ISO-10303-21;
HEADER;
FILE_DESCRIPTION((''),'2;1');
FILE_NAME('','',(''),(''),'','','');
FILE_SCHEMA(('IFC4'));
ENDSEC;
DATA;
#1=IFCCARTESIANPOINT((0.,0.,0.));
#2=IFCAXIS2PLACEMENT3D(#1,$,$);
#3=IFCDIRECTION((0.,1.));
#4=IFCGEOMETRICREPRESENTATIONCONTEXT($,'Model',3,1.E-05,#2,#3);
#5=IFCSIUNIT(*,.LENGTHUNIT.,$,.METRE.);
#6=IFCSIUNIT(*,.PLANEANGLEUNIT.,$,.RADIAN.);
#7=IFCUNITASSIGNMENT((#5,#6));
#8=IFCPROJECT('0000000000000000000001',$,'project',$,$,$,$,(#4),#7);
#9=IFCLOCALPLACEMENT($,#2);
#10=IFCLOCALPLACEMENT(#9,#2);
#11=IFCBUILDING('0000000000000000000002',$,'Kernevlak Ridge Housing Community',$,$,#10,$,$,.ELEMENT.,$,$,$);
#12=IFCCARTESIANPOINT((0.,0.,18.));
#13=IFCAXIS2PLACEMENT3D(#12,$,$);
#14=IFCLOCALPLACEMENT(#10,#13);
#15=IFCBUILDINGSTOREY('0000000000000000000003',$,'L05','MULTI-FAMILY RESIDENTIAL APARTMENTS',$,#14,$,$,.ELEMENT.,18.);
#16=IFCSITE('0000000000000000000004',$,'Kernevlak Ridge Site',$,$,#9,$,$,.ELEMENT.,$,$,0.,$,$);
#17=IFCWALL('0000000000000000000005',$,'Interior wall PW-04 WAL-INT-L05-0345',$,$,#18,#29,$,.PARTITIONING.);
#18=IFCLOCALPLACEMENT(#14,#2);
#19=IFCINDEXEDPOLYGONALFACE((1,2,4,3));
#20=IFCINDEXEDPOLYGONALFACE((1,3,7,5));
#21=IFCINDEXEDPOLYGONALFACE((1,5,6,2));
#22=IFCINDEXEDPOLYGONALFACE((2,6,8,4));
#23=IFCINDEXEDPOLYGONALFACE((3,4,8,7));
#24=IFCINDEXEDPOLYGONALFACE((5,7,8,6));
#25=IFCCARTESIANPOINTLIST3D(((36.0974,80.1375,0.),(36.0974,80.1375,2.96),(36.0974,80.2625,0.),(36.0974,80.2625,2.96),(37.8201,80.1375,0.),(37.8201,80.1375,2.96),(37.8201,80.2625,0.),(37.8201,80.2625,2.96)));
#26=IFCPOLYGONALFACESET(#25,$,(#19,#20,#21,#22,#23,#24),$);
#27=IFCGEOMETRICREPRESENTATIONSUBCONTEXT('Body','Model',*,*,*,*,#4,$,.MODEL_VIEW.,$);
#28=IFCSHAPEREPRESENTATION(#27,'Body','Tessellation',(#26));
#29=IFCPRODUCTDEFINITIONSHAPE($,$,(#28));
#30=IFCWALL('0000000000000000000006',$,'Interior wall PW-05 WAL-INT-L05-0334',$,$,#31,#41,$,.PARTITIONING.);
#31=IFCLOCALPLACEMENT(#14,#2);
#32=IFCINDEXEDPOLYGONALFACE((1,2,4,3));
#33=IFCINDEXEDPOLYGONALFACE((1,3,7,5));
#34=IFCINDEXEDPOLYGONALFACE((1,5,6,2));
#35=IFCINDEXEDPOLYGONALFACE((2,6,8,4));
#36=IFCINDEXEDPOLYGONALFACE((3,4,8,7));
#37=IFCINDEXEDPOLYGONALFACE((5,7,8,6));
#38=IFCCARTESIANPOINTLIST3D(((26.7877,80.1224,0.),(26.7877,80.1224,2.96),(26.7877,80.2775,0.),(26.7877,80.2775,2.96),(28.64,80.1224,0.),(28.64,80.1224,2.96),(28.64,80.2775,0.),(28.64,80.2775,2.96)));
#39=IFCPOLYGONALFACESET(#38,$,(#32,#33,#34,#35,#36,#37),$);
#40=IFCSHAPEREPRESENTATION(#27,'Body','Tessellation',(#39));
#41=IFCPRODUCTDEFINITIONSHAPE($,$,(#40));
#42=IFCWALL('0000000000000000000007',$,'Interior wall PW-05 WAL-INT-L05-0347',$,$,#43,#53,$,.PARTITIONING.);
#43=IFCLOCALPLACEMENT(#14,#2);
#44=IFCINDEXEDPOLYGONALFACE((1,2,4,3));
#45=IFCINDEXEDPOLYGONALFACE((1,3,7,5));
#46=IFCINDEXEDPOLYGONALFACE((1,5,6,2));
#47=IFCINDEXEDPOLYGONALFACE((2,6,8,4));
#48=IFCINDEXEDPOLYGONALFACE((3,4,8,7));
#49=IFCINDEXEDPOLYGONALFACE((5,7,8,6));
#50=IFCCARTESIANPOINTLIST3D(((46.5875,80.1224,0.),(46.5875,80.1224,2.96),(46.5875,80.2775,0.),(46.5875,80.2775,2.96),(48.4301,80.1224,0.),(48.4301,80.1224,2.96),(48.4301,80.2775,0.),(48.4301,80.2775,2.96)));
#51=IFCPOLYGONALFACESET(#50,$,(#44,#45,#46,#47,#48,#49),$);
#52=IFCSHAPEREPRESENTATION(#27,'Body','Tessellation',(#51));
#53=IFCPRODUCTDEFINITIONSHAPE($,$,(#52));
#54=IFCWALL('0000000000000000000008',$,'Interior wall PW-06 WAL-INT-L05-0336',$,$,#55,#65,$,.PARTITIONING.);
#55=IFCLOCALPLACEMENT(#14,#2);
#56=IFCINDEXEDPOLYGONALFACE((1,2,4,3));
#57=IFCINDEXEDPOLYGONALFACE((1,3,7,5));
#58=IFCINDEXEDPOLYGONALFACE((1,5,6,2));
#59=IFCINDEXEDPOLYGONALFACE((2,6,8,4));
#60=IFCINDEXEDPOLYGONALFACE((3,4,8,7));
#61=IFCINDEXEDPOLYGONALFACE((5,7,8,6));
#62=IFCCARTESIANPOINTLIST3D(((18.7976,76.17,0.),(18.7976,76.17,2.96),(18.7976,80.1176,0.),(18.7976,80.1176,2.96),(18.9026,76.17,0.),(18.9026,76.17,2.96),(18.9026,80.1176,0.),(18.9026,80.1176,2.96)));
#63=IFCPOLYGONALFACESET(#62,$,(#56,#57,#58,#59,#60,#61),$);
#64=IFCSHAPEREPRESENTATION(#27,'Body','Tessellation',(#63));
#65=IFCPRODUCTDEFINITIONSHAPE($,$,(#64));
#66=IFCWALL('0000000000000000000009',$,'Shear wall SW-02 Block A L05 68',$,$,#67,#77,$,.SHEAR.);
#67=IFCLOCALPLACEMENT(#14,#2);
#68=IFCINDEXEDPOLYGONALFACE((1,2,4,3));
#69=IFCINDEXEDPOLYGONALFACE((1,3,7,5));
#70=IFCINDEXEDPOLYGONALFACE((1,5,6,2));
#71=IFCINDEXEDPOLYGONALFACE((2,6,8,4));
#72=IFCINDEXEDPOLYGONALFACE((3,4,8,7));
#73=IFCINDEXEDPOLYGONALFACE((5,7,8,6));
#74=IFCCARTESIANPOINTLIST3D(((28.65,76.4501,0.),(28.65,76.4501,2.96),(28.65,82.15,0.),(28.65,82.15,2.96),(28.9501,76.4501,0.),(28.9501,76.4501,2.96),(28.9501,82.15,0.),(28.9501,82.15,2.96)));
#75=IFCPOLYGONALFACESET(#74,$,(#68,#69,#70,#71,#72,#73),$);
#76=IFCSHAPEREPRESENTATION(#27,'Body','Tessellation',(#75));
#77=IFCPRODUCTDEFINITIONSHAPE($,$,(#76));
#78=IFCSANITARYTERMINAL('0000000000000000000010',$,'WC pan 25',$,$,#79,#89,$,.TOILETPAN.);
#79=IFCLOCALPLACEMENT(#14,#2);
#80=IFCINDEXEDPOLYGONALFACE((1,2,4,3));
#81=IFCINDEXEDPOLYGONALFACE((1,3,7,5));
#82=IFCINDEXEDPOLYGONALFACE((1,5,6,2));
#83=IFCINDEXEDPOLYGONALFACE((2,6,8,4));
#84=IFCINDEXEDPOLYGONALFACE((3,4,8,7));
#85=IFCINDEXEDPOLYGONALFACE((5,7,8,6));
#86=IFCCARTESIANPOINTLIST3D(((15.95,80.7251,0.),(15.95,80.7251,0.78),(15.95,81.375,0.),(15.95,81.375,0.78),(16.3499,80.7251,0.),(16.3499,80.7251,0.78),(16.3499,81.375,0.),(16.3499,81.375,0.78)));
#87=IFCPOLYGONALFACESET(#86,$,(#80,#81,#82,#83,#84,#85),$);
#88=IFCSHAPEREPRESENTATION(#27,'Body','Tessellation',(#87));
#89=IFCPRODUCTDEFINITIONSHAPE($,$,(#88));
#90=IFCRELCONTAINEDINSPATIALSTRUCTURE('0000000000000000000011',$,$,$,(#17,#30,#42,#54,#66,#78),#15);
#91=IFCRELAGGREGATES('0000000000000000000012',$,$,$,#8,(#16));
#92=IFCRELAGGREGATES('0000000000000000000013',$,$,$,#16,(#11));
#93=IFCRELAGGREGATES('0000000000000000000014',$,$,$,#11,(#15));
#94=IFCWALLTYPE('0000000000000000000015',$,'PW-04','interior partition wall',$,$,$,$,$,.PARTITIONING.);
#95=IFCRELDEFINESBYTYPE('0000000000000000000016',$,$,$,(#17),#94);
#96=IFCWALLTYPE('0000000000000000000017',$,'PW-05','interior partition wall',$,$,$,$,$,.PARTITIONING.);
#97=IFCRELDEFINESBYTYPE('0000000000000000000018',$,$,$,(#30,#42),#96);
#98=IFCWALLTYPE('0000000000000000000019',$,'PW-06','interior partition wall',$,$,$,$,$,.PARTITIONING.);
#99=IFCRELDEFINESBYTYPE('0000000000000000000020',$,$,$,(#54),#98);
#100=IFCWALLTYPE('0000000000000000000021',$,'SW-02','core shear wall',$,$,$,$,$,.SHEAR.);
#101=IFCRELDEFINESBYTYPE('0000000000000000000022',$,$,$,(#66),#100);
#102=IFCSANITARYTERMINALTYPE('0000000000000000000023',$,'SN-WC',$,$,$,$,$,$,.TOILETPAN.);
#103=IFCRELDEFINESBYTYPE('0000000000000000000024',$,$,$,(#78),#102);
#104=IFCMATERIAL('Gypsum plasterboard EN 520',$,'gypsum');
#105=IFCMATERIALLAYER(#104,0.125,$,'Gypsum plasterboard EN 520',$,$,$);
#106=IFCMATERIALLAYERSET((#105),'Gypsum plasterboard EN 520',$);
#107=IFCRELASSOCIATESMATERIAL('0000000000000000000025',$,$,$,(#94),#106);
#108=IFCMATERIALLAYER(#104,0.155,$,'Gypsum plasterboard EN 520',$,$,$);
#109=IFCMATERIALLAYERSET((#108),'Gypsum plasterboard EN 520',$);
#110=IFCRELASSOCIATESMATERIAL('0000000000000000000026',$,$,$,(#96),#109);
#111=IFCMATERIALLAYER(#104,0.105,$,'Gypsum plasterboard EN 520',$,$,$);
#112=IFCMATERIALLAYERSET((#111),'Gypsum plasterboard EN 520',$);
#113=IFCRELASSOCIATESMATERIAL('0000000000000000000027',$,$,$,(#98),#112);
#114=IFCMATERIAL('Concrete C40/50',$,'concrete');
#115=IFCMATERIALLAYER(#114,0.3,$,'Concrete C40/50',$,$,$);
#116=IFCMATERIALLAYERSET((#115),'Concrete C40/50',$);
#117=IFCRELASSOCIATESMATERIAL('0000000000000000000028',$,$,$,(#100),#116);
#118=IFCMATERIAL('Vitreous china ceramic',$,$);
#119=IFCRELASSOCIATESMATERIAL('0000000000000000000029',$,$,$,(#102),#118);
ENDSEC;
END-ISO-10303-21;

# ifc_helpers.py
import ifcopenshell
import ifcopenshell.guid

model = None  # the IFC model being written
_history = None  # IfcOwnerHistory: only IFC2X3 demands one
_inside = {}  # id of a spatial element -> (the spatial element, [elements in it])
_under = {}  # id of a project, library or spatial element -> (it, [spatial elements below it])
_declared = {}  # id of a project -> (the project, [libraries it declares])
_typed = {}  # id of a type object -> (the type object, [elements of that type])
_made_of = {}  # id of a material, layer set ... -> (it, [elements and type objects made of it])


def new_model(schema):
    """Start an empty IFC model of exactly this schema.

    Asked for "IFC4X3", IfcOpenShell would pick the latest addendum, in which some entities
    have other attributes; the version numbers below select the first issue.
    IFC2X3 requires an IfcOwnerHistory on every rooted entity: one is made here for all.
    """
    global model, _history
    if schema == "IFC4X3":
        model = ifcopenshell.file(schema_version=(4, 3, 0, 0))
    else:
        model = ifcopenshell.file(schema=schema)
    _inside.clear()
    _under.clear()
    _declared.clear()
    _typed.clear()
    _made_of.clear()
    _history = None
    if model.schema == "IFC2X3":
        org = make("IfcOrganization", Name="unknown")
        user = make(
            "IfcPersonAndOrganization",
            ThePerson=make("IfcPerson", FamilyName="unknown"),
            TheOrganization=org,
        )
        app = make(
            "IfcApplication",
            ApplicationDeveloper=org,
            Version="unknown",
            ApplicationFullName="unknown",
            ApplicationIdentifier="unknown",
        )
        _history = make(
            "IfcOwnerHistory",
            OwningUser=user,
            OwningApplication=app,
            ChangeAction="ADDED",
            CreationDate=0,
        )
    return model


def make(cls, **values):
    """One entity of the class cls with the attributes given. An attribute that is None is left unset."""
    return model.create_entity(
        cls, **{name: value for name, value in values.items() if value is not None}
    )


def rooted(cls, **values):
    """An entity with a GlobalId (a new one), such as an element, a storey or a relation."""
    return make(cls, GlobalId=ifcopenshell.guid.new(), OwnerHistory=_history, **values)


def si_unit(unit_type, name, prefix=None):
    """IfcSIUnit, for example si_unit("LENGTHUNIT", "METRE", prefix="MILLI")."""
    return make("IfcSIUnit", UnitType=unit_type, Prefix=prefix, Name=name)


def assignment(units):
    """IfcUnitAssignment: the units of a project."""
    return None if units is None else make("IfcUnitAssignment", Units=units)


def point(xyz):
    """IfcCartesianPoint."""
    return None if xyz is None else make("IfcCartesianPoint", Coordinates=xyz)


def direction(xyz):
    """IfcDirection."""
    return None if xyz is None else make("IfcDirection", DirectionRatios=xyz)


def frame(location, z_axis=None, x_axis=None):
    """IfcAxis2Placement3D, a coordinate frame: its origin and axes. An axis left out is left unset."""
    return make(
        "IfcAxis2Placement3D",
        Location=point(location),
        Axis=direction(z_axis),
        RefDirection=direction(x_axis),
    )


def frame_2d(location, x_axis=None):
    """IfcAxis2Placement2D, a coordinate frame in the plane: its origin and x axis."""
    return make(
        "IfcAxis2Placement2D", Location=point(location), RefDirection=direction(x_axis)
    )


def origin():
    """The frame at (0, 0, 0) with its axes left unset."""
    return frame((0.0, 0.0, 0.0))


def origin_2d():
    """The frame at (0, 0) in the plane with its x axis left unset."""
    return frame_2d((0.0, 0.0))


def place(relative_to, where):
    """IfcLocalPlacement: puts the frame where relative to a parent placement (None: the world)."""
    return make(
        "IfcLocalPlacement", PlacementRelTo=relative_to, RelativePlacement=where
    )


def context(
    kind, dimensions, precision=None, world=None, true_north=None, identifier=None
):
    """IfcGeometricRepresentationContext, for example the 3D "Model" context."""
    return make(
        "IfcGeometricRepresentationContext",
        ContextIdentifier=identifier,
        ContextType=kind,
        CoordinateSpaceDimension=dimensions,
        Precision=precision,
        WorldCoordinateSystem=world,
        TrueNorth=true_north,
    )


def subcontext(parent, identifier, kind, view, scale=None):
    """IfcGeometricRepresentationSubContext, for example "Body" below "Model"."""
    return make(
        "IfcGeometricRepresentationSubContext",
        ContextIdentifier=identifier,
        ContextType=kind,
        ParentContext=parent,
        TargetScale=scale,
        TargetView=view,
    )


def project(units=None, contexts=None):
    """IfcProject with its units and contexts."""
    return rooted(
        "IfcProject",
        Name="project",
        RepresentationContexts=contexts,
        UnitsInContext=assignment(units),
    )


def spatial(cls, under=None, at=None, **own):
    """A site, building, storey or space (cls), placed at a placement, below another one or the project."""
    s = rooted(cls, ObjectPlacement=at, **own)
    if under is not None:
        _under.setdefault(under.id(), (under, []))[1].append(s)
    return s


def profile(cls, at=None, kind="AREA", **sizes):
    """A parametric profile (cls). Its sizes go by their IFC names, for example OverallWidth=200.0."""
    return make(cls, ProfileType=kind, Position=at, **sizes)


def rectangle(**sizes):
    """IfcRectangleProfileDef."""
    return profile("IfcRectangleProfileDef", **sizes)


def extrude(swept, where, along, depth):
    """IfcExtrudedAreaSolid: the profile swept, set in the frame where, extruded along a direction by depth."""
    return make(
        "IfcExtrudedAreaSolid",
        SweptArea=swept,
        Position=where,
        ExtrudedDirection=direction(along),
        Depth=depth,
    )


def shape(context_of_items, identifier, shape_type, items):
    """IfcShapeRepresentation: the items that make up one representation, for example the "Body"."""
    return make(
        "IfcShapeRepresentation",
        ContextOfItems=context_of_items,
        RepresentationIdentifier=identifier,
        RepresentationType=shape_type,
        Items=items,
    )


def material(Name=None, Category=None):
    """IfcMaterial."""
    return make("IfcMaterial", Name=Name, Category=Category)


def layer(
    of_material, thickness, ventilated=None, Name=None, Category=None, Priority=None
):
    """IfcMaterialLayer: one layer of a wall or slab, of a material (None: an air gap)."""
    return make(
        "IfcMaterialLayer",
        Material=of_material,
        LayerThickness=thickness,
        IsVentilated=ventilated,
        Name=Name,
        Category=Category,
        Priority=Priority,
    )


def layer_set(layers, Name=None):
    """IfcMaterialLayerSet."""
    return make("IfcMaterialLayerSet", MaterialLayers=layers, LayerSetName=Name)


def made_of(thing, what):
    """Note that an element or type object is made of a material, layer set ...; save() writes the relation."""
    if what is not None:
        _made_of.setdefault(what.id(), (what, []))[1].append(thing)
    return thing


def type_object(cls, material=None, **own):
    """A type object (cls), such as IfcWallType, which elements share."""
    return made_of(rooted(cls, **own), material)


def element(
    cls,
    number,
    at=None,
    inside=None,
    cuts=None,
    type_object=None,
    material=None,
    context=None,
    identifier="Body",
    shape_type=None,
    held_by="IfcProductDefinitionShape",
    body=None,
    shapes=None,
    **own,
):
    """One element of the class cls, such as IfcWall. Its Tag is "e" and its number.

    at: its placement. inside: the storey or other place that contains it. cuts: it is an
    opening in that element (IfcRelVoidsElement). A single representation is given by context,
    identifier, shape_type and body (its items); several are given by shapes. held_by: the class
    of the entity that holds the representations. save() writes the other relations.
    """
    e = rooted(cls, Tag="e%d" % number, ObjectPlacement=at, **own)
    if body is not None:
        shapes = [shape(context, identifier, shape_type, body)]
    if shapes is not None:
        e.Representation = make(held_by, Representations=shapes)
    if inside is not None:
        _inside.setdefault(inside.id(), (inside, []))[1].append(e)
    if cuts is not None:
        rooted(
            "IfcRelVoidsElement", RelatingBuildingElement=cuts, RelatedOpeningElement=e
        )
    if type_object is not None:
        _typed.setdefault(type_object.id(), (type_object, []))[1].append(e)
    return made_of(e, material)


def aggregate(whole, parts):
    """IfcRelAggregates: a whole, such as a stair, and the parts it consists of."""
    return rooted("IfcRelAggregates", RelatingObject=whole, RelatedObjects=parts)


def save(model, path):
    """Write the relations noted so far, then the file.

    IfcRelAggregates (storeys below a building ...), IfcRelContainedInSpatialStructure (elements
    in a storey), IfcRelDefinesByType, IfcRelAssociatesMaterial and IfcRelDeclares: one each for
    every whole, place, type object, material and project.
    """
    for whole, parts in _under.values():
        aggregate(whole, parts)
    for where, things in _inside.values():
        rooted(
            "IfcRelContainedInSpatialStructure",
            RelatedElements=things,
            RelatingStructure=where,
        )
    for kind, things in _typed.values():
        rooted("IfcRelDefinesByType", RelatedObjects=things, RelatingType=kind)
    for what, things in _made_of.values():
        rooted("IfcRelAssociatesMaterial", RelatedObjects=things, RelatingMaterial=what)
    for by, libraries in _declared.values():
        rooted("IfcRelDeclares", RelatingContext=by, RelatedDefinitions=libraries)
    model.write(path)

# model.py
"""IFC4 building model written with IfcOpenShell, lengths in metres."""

from ifc_helpers import new_model, si_unit, direction, frame, frame_2d, origin, origin_2d, place, context, subcontext, project, spatial, rectangle, extrude, material, layer, layer_set, type_object, element, save


model = new_model("IFC4")

# Units and contexts
model_context = context("Model", 3, precision=1e-05, world=origin(), true_north=direction((0.0, 1.0)))
body_context = subcontext(model_context, "Body", "Model", "MODEL_VIEW")
ifc_project = project(units=[si_unit("LENGTHUNIT", "METRE"), si_unit("PLANEANGLEUNIT", "RADIAN")], contexts=[model_context])

# Site, building, storey
site_placement = place(None, origin())
site = spatial("IfcSite", under=ifc_project, at=site_placement, Name="Kernevlak Ridge Site", CompositionType="ELEMENT", RefElevation=0.0)
building_placement = place(site_placement, origin())
building = spatial("IfcBuilding", under=site, at=building_placement, Name="Kernevlak Ridge Housing Community", CompositionType="ELEMENT")
storey_placement = place(building_placement, frame((0.0, 0.0, 18.0)))
storey = spatial("IfcBuildingStorey", under=building, at=storey_placement, Name="L05", Description="MULTI-FAMILY RESIDENTIAL APARTMENTS", CompositionType="ELEMENT", Elevation=18.0)

# Shared definitions
ifc_material_1 = material(Name="Concrete C40/50", Category="concrete")

# Walls
ifc_material_2 = material(Name="Gypsum plasterboard EN 520", Category="gypsum")
ifc_layer_1 = layer(ifc_material_2, 0.125, Name="Gypsum plasterboard EN 520")
ifc_layer_set_1 = layer_set([ifc_layer_1], Name="Gypsum plasterboard EN 520")
wall_type_1 = type_object("IfcWallType", Name="PW-04", Description="interior partition wall", PredefinedType="PARTITIONING", material=ifc_layer_set_1)
wall_1_placement = place(storey_placement, frame((36.0974, 80.2, 0.0), z_axis=(0.0, 0.0, 1.0), x_axis=(1.0, 0.0, 0.0)))
element("IfcWall", 1, at=wall_1_placement, inside=storey, type_object=wall_type_1, Name="Interior wall PW-04 WAL-INT-L05-0345", PredefinedType="PARTITIONING", context=body_context, shape_type="SweptSolid", body=[
    extrude(rectangle(XDim=1.7227, YDim=0.125, at=frame_2d((0.8613, 0.0))), origin(), (0.0, 0.0, 1.0), 2.96),
])
ifc_layer_2 = layer(ifc_material_2, 0.155, Name="Gypsum plasterboard EN 520")
ifc_layer_set_2 = layer_set([ifc_layer_2], Name="Gypsum plasterboard EN 520")
wall_type_2 = type_object("IfcWallType", Name="PW-05", Description="interior partition wall", PredefinedType="PARTITIONING", material=ifc_layer_set_2)
wall_2_placement = place(storey_placement, frame((26.7876, 80.2, 0.0), z_axis=(0.0, 0.0, 1.0), x_axis=(1.0, 0.0, 0.0)))
element("IfcWall", 2, at=wall_2_placement, inside=storey, type_object=wall_type_2, Name="Interior wall PW-05 WAL-INT-L05-0334", PredefinedType="PARTITIONING", context=body_context, shape_type="SweptSolid", body=[
    extrude(rectangle(XDim=1.8523, YDim=0.155, at=frame_2d((0.9263, 0.0))), origin(), (0.0, 0.0, 1.0), 2.96),
])
wall_3_placement = place(storey_placement, frame((46.5874, 80.2, 0.0), z_axis=(0.0, 0.0, 1.0), x_axis=(1.0, 0.0, 0.0)))
element("IfcWall", 3, at=wall_3_placement, inside=storey, type_object=wall_type_2, Name="Interior wall PW-05 WAL-INT-L05-0347", PredefinedType="PARTITIONING", context=body_context, shape_type="SweptSolid", body=[
    extrude(rectangle(XDim=1.8425, YDim=0.155, at=frame_2d((0.9214, 0.0))), origin(), (0.0, 0.0, 1.0), 2.96),
])
ifc_layer_3 = layer(ifc_material_2, 0.105, Name="Gypsum plasterboard EN 520")
ifc_layer_set_3 = layer_set([ifc_layer_3], Name="Gypsum plasterboard EN 520")
wall_type_3 = type_object("IfcWallType", Name="PW-06", Description="interior partition wall", PredefinedType="PARTITIONING", material=ifc_layer_set_3)
wall_4_placement = place(storey_placement, frame((18.8501, 80.1174, 0.0), z_axis=(0.0, 0.0, 1.0), x_axis=(0.0, -1.0, 0.0)))
element("IfcWall", 4, at=wall_4_placement, inside=storey, type_object=wall_type_3, Name="Interior wall PW-06 WAL-INT-L05-0336", PredefinedType="PARTITIONING", context=body_context, shape_type="SweptSolid", body=[
    extrude(rectangle(XDim=3.9475, YDim=0.105, at=frame_2d((1.9736, 0.0))), origin(), (0.0, 0.0, 1.0), 2.96),
])
ifc_layer_4 = layer(ifc_material_1, 0.3, Name="Concrete C40/50")
ifc_layer_set_4 = layer_set([ifc_layer_4], Name="Concrete C40/50")
wall_type_4 = type_object("IfcWallType", Name="SW-02", Description="core shear wall", PredefinedType="SHEAR", material=ifc_layer_set_4)
wall_5_placement = place(storey_placement, frame((28.8, 76.45, 0.0), z_axis=(0.0, 0.0, 1.0), x_axis=(0.0, 1.0, 0.0)))
element("IfcWall", 5, at=wall_5_placement, inside=storey, type_object=wall_type_4, Name="Shear wall SW-02 Block A L05 68", PredefinedType="SHEAR", context=body_context, shape_type="SweptSolid", body=[
    extrude(rectangle(XDim=5.7, YDim=0.3, at=frame_2d((2.8501, 0.0))), origin(), (0.0, 0.0, 1.0), 2.96),
])

# Sanitary terminal
ifc_material_3 = material(Name="Vitreous china ceramic")
sanitary_terminal_type = type_object("IfcSanitaryTerminalType", Name="SN-WC", PredefinedType="TOILETPAN", material=ifc_material_3)
sanitary_terminal_placement = place(storey_placement, frame((16.1499, 81.05, 0.0), z_axis=(0.0, 0.0, 1.0), x_axis=(1.0, 0.0, 0.0)))
element("IfcSanitaryTerminal", 6, at=sanitary_terminal_placement, inside=storey, type_object=sanitary_terminal_type, Name="WC pan 25", PredefinedType="TOILETPAN", context=body_context, shape_type="SweptSolid", body=[
    extrude(rectangle(XDim=0.3999, YDim=0.6499, at=origin_2d()), origin(), (0.0, 0.0, 1.0), 0.78),
])

save(model, "model.ifc")
